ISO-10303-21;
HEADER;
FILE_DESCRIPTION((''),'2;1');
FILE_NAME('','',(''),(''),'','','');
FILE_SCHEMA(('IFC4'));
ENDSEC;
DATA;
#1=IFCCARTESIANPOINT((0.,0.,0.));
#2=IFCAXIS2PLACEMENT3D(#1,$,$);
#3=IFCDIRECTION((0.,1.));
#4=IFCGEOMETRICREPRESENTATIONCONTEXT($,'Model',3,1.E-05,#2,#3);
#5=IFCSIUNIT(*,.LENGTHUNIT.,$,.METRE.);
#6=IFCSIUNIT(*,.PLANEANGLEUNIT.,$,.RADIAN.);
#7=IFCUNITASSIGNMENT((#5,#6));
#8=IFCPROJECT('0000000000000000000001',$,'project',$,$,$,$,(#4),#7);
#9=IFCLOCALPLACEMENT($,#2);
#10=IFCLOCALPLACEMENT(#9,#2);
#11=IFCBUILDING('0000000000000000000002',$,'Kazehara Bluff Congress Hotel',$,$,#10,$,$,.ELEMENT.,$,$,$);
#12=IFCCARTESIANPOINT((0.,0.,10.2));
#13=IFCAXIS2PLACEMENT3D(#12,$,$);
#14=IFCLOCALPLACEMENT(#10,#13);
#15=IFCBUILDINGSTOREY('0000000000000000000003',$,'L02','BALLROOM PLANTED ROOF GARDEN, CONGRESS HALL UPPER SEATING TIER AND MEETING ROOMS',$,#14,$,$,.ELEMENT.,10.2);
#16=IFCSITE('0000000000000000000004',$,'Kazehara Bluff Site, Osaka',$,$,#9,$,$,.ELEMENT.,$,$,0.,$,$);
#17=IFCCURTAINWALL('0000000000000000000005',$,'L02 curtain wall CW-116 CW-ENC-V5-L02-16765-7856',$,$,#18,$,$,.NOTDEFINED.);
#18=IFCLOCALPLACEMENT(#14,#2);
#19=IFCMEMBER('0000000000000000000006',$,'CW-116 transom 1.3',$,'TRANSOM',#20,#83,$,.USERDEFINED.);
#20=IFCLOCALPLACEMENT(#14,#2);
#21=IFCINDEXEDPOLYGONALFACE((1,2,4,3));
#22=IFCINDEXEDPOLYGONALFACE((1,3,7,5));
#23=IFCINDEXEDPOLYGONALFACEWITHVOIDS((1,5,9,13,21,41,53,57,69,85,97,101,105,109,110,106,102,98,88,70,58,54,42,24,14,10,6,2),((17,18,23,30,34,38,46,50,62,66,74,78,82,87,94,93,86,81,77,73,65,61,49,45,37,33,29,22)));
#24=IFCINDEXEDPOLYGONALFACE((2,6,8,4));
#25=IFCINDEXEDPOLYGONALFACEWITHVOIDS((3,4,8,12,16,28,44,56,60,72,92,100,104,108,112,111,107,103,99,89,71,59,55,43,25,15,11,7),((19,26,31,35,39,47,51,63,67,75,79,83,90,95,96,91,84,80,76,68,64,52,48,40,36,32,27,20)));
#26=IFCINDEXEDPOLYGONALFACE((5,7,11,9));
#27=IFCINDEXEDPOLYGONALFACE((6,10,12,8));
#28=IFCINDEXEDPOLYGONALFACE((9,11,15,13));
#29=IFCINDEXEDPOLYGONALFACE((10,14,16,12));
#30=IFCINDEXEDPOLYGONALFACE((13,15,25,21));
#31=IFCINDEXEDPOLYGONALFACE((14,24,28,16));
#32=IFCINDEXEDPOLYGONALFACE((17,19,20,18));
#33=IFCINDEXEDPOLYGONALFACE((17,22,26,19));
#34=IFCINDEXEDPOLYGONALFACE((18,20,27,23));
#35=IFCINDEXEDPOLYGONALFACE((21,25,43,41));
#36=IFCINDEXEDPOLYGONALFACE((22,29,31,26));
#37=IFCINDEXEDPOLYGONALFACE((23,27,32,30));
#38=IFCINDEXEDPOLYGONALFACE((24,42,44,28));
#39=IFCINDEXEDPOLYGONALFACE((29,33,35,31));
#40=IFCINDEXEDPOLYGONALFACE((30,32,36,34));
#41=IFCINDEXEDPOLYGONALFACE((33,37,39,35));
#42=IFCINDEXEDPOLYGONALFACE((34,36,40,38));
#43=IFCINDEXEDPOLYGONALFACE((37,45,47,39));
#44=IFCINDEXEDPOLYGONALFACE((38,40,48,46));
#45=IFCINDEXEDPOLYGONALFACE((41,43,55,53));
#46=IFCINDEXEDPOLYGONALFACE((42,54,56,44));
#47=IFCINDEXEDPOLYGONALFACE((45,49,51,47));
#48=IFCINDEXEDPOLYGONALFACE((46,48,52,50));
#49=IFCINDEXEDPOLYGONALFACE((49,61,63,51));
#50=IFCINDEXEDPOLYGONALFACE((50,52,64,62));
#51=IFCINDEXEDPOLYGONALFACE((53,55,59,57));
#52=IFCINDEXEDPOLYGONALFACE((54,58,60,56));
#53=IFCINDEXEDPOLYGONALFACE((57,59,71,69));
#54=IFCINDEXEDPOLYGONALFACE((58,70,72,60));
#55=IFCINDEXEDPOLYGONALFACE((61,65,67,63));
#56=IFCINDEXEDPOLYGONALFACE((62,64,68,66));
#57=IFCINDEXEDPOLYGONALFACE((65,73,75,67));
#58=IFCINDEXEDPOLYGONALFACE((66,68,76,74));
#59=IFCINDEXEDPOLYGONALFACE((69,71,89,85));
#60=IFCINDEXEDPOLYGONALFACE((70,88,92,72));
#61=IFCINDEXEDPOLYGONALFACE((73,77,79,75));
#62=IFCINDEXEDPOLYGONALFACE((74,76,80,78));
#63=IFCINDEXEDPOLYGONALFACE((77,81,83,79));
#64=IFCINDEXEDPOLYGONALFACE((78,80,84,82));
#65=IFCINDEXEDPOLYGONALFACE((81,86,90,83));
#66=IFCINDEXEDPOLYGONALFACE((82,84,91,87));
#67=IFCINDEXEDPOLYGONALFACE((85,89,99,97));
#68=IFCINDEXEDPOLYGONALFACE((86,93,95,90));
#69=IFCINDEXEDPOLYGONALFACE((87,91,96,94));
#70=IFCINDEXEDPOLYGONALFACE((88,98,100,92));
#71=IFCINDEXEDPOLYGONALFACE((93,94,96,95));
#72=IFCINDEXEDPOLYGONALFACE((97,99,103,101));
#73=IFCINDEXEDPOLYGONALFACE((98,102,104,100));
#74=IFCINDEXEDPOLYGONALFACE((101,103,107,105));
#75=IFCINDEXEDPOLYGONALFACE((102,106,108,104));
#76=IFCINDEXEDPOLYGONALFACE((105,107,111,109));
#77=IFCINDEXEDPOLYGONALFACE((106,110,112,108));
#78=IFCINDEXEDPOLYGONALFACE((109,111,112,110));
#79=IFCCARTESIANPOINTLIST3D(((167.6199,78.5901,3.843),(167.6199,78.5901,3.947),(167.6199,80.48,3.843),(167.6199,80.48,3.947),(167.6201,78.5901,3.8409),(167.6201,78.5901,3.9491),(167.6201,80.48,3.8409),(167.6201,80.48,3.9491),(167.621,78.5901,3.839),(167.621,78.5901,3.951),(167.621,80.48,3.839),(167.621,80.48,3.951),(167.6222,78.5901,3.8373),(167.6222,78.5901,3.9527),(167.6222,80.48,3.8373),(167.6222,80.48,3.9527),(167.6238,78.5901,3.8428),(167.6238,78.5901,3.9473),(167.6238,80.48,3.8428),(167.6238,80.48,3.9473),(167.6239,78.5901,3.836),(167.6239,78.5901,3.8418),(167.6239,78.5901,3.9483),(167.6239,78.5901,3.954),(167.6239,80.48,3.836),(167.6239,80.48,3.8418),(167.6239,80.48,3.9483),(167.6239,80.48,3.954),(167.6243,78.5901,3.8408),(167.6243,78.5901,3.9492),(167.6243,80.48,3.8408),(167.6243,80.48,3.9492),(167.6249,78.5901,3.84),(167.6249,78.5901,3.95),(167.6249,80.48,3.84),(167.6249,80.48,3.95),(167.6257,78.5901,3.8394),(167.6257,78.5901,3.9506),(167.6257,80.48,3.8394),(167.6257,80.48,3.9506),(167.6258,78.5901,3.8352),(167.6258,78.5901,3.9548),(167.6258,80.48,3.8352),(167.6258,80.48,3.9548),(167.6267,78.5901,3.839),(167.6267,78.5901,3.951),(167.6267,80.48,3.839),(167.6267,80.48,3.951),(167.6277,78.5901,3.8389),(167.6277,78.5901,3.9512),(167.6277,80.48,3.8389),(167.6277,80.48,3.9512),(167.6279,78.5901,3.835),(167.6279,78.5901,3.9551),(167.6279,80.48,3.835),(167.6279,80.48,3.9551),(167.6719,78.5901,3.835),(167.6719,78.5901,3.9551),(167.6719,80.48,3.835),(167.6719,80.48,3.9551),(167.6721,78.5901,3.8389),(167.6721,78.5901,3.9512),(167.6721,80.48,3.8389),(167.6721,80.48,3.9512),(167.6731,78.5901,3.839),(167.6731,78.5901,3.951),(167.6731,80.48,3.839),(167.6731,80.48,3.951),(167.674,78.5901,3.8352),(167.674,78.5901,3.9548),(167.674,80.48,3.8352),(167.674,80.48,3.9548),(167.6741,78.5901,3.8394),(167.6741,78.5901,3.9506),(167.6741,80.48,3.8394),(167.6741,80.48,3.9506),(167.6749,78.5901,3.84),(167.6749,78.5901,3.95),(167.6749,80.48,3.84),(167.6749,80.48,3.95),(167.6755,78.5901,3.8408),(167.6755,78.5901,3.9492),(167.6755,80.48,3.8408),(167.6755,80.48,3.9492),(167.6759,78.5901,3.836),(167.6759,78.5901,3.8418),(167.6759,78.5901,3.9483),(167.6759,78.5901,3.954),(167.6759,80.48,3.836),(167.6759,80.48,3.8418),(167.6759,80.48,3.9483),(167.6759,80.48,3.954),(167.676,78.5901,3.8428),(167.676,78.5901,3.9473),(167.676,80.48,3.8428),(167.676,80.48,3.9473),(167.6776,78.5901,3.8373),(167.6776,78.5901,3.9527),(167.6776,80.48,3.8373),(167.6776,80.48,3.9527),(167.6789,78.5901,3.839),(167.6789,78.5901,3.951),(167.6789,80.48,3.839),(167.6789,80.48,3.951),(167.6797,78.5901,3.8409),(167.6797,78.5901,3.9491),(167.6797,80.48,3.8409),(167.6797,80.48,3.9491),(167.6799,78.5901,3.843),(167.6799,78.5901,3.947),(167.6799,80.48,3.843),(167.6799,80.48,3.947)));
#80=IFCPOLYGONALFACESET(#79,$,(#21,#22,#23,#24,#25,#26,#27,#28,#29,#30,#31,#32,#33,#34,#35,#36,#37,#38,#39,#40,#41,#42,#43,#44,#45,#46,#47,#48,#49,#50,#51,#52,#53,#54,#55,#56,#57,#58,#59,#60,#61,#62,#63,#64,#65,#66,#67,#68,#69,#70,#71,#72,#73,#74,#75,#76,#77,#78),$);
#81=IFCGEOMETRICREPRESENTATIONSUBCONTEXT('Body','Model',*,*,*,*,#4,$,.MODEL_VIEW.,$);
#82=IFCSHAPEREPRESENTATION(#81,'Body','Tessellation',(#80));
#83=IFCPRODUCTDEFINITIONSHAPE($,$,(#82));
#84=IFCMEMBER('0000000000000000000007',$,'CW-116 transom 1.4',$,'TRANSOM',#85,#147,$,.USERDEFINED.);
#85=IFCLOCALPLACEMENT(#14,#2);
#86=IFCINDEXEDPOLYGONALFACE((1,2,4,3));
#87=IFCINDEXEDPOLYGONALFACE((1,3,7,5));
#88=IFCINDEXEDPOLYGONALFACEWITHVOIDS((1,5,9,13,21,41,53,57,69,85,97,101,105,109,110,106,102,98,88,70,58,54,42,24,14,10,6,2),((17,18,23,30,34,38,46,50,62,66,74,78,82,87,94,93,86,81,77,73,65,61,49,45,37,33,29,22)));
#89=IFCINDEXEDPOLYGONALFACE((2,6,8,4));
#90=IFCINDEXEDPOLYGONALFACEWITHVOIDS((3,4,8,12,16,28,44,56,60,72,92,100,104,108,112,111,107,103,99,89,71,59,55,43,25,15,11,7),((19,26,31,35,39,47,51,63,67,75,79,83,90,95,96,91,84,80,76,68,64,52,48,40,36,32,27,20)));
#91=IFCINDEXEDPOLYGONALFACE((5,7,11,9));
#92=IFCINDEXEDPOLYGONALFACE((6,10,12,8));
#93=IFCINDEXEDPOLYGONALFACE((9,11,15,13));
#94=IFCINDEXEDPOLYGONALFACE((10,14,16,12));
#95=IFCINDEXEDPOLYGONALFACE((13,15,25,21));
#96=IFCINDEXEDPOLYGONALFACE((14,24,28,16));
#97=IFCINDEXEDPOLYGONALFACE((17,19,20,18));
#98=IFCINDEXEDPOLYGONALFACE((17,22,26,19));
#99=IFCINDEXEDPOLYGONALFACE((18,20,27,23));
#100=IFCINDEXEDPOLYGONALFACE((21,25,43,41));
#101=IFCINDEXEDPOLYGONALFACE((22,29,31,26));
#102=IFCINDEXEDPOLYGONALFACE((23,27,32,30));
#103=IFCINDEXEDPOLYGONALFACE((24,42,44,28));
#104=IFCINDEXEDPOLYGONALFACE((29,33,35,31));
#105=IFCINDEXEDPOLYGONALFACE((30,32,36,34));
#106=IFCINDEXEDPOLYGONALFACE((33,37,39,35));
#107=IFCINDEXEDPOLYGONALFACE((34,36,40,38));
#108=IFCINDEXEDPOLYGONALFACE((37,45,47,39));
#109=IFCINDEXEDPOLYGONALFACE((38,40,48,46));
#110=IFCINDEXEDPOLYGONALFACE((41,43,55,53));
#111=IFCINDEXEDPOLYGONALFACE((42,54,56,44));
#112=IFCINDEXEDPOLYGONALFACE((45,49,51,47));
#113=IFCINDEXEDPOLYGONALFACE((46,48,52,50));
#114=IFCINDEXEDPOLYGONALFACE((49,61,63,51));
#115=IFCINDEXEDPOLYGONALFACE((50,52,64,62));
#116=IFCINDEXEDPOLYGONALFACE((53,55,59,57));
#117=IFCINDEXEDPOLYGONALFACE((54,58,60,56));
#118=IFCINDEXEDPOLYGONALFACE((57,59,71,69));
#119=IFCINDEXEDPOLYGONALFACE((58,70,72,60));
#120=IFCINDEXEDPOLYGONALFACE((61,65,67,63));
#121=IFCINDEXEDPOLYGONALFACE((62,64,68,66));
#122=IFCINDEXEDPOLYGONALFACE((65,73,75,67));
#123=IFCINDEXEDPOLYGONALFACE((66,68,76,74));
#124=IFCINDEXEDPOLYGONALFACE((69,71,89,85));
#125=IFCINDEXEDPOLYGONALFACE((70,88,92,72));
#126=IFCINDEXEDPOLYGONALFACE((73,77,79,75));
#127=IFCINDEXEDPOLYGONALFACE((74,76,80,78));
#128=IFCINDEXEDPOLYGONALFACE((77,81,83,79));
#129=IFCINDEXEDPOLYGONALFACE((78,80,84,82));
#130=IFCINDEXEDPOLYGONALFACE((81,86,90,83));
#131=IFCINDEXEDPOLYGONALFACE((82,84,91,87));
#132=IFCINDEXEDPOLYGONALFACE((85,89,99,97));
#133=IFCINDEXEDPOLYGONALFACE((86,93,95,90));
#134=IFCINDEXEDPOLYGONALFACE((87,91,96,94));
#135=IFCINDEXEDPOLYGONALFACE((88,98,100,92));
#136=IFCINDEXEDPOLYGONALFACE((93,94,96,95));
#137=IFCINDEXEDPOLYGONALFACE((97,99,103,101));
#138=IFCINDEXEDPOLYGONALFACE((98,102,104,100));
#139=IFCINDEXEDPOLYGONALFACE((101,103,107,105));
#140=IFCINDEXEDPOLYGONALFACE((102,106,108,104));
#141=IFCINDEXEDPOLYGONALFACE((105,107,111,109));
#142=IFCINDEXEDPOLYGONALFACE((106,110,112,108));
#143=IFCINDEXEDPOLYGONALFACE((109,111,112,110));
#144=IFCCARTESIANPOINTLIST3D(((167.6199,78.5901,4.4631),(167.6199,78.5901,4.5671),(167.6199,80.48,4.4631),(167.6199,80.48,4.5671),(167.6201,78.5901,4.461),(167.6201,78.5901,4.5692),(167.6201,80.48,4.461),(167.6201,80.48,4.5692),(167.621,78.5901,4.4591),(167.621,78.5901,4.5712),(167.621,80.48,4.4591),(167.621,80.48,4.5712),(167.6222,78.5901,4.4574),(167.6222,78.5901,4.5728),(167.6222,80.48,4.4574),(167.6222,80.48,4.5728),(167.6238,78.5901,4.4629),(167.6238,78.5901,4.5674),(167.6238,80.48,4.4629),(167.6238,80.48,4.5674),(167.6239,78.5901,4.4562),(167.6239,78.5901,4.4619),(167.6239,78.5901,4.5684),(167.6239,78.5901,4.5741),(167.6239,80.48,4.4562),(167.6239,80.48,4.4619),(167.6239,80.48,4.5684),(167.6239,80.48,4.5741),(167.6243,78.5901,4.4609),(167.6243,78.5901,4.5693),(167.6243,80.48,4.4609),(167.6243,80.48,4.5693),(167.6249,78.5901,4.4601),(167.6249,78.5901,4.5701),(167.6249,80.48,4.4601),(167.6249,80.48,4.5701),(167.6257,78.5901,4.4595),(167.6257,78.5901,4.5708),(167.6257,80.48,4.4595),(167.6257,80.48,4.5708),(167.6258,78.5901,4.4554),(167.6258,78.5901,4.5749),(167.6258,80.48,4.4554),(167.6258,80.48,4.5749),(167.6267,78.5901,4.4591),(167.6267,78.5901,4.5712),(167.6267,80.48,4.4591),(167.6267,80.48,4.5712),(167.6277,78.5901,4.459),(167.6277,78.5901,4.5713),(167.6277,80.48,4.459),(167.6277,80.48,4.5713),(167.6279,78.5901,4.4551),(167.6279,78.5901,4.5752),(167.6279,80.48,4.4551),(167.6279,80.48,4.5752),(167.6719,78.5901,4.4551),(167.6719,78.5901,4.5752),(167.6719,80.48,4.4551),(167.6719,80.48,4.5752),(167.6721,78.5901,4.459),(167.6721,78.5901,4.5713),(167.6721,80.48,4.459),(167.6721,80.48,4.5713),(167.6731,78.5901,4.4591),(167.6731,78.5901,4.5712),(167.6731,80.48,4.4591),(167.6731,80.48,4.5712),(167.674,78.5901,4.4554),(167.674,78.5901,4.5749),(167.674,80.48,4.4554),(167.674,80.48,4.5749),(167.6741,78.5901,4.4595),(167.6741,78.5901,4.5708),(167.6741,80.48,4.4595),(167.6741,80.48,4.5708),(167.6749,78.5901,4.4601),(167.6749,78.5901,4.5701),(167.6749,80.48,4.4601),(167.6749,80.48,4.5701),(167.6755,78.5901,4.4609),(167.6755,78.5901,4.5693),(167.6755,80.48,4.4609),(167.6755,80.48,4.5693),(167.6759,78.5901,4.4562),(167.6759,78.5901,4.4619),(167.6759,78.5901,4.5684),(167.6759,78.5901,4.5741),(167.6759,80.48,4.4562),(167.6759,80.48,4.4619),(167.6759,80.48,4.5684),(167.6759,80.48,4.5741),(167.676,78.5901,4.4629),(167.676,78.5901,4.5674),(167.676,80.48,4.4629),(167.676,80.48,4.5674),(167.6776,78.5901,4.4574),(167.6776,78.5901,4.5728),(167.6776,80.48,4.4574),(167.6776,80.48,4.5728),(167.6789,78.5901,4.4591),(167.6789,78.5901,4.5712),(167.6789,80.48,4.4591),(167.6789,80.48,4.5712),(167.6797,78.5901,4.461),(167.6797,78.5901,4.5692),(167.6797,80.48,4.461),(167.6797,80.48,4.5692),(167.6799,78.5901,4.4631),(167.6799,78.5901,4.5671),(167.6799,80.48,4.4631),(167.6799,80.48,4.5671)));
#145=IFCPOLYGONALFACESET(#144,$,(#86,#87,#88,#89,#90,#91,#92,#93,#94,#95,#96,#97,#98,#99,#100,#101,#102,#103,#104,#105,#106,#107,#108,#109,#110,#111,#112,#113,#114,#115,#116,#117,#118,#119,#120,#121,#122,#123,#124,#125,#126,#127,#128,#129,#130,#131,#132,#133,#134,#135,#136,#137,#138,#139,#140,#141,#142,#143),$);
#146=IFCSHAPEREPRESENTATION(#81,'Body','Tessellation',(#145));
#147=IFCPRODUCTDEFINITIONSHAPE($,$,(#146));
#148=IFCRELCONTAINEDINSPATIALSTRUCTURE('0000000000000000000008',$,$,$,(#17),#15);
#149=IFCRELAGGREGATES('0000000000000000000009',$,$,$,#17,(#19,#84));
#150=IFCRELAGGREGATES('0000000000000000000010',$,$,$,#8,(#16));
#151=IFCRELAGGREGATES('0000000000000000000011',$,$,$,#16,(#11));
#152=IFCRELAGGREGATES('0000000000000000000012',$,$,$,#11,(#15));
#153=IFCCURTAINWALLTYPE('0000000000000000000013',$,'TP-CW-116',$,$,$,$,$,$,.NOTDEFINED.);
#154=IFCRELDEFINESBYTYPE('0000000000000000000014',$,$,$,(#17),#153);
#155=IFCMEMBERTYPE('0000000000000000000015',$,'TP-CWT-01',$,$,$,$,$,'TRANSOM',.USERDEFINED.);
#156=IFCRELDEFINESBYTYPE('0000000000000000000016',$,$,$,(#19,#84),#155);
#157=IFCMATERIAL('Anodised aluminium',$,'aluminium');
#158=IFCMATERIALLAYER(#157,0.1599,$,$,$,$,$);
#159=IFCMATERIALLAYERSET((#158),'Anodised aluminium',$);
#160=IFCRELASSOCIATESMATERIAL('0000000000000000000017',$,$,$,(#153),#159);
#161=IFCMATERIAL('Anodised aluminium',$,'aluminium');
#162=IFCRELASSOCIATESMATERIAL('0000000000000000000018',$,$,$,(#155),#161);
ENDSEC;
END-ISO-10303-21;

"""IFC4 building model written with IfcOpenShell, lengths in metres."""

from ifc_helpers import new_model, si_unit, direction, frame, origin, origin_2d, place, context, subcontext, project, spatial, hollow_rectangle, extrude, material, layer, layer_set, material_profile, profile_set, type_object, element, aggregate, save


model = new_model("IFC4")

# Units and contexts
model_context = context("Model", 3, precision=1e-05, world=origin(), true_north=direction((0.0, 1.0)))
body_context = subcontext(model_context, "Body", "Model", "MODEL_VIEW")
ifc_project = project(units=[si_unit("LENGTHUNIT", "METRE"), si_unit("PLANEANGLEUNIT", "RADIAN")], contexts=[model_context])

# Site, building, storey
site_placement = place(None, origin())
site = spatial("IfcSite", under=ifc_project, at=site_placement, Name="Kazehara Bluff Site, Osaka", CompositionType="ELEMENT", RefElevation=0.0)
building_placement = place(site_placement, origin())
building = spatial("IfcBuilding", under=site, at=building_placement, Name="Kazehara Bluff Congress Hotel", CompositionType="ELEMENT")
storey_placement = place(building_placement, frame((0.0, 0.0, 10.2)))
storey = spatial("IfcBuildingStorey", under=building, at=storey_placement, Name="L02", Description="BALLROOM PLANTED ROOF GARDEN, CONGRESS HALL UPPER SEATING TIER AND MEETING ROOMS", CompositionType="ELEMENT", Elevation=10.2)

# Curtain wall, members
ifc_material_1 = material(Name="Anodised aluminium", Category="aluminium")
ifc_layer_1 = layer(ifc_material_1, 0.1599)
ifc_layer_set_1 = layer_set([ifc_layer_1], Name="Anodised aluminium")
curtain_wall_type = type_object("IfcCurtainWallType", Name="TP-CW-116", PredefinedType="NOTDEFINED", material=ifc_layer_set_1)
curtain_wall_placement = place(storey_placement, origin())
curtain_wall = element("IfcCurtainWall", 1, at=curtain_wall_placement, inside=storey, type_object=curtain_wall_type, Name="L02 curtain wall CW-116 CW-ENC-V5-L02-16765-7856", PredefinedType="NOTDEFINED")
ifc_material_2 = material(Name="Anodised aluminium", Category="aluminium")
ifc_material_profile_1 = material_profile(ifc_material_2, hollow_rectangle(XDim=0.0601, YDim=0.1201, WallThickness=0.0039, InnerFilletRadius=0.0039, OuterFilletRadius=0.0081, at=origin_2d()))
ifc_profile_set_1 = profile_set([ifc_material_profile_1], Name="Anodised aluminium")
member_type_1 = type_object("IfcMemberType", Name="TP-CWT-01", ElementType="TRANSOM", PredefinedType="USERDEFINED", material=ifc_profile_set_1)
member_1_placement = place(storey_placement, frame((167.6499, 80.48, 3.895), z_axis=(0.0, -1.0, 0.0), x_axis=(1.0, 0.0, 0.0)))
member_1 = element("IfcMember", 2, at=member_1_placement, type_object=member_type_1, Name="CW-116 transom 1.3", ObjectType="TRANSOM", PredefinedType="USERDEFINED", context=body_context, shape_type="SweptSolid", body=[
    extrude(hollow_rectangle(XDim=0.0601, YDim=0.1201, WallThickness=0.0039, InnerFilletRadius=0.0039, OuterFilletRadius=0.0081, at=origin_2d()), origin(), (0.0, 0.0, 1.0), 1.8899),
])
member_2_placement = place(storey_placement, frame((167.6499, 80.48, 4.5151), z_axis=(0.0, -1.0, 0.0), x_axis=(1.0, 0.0, 0.0)))
member_2 = element("IfcMember", 3, at=member_2_placement, type_object=member_type_1, Name="CW-116 transom 1.4", ObjectType="TRANSOM", PredefinedType="USERDEFINED", context=body_context, shape_type="SweptSolid", body=[
    extrude(hollow_rectangle(XDim=0.0601, YDim=0.1201, WallThickness=0.0039, InnerFilletRadius=0.0039, OuterFilletRadius=0.0081, at=origin_2d()), origin(), (0.0, 0.0, 1.0), 1.8899),
])

aggregate(curtain_wall, [member_1, member_2])

save(model, "model.ifc")
